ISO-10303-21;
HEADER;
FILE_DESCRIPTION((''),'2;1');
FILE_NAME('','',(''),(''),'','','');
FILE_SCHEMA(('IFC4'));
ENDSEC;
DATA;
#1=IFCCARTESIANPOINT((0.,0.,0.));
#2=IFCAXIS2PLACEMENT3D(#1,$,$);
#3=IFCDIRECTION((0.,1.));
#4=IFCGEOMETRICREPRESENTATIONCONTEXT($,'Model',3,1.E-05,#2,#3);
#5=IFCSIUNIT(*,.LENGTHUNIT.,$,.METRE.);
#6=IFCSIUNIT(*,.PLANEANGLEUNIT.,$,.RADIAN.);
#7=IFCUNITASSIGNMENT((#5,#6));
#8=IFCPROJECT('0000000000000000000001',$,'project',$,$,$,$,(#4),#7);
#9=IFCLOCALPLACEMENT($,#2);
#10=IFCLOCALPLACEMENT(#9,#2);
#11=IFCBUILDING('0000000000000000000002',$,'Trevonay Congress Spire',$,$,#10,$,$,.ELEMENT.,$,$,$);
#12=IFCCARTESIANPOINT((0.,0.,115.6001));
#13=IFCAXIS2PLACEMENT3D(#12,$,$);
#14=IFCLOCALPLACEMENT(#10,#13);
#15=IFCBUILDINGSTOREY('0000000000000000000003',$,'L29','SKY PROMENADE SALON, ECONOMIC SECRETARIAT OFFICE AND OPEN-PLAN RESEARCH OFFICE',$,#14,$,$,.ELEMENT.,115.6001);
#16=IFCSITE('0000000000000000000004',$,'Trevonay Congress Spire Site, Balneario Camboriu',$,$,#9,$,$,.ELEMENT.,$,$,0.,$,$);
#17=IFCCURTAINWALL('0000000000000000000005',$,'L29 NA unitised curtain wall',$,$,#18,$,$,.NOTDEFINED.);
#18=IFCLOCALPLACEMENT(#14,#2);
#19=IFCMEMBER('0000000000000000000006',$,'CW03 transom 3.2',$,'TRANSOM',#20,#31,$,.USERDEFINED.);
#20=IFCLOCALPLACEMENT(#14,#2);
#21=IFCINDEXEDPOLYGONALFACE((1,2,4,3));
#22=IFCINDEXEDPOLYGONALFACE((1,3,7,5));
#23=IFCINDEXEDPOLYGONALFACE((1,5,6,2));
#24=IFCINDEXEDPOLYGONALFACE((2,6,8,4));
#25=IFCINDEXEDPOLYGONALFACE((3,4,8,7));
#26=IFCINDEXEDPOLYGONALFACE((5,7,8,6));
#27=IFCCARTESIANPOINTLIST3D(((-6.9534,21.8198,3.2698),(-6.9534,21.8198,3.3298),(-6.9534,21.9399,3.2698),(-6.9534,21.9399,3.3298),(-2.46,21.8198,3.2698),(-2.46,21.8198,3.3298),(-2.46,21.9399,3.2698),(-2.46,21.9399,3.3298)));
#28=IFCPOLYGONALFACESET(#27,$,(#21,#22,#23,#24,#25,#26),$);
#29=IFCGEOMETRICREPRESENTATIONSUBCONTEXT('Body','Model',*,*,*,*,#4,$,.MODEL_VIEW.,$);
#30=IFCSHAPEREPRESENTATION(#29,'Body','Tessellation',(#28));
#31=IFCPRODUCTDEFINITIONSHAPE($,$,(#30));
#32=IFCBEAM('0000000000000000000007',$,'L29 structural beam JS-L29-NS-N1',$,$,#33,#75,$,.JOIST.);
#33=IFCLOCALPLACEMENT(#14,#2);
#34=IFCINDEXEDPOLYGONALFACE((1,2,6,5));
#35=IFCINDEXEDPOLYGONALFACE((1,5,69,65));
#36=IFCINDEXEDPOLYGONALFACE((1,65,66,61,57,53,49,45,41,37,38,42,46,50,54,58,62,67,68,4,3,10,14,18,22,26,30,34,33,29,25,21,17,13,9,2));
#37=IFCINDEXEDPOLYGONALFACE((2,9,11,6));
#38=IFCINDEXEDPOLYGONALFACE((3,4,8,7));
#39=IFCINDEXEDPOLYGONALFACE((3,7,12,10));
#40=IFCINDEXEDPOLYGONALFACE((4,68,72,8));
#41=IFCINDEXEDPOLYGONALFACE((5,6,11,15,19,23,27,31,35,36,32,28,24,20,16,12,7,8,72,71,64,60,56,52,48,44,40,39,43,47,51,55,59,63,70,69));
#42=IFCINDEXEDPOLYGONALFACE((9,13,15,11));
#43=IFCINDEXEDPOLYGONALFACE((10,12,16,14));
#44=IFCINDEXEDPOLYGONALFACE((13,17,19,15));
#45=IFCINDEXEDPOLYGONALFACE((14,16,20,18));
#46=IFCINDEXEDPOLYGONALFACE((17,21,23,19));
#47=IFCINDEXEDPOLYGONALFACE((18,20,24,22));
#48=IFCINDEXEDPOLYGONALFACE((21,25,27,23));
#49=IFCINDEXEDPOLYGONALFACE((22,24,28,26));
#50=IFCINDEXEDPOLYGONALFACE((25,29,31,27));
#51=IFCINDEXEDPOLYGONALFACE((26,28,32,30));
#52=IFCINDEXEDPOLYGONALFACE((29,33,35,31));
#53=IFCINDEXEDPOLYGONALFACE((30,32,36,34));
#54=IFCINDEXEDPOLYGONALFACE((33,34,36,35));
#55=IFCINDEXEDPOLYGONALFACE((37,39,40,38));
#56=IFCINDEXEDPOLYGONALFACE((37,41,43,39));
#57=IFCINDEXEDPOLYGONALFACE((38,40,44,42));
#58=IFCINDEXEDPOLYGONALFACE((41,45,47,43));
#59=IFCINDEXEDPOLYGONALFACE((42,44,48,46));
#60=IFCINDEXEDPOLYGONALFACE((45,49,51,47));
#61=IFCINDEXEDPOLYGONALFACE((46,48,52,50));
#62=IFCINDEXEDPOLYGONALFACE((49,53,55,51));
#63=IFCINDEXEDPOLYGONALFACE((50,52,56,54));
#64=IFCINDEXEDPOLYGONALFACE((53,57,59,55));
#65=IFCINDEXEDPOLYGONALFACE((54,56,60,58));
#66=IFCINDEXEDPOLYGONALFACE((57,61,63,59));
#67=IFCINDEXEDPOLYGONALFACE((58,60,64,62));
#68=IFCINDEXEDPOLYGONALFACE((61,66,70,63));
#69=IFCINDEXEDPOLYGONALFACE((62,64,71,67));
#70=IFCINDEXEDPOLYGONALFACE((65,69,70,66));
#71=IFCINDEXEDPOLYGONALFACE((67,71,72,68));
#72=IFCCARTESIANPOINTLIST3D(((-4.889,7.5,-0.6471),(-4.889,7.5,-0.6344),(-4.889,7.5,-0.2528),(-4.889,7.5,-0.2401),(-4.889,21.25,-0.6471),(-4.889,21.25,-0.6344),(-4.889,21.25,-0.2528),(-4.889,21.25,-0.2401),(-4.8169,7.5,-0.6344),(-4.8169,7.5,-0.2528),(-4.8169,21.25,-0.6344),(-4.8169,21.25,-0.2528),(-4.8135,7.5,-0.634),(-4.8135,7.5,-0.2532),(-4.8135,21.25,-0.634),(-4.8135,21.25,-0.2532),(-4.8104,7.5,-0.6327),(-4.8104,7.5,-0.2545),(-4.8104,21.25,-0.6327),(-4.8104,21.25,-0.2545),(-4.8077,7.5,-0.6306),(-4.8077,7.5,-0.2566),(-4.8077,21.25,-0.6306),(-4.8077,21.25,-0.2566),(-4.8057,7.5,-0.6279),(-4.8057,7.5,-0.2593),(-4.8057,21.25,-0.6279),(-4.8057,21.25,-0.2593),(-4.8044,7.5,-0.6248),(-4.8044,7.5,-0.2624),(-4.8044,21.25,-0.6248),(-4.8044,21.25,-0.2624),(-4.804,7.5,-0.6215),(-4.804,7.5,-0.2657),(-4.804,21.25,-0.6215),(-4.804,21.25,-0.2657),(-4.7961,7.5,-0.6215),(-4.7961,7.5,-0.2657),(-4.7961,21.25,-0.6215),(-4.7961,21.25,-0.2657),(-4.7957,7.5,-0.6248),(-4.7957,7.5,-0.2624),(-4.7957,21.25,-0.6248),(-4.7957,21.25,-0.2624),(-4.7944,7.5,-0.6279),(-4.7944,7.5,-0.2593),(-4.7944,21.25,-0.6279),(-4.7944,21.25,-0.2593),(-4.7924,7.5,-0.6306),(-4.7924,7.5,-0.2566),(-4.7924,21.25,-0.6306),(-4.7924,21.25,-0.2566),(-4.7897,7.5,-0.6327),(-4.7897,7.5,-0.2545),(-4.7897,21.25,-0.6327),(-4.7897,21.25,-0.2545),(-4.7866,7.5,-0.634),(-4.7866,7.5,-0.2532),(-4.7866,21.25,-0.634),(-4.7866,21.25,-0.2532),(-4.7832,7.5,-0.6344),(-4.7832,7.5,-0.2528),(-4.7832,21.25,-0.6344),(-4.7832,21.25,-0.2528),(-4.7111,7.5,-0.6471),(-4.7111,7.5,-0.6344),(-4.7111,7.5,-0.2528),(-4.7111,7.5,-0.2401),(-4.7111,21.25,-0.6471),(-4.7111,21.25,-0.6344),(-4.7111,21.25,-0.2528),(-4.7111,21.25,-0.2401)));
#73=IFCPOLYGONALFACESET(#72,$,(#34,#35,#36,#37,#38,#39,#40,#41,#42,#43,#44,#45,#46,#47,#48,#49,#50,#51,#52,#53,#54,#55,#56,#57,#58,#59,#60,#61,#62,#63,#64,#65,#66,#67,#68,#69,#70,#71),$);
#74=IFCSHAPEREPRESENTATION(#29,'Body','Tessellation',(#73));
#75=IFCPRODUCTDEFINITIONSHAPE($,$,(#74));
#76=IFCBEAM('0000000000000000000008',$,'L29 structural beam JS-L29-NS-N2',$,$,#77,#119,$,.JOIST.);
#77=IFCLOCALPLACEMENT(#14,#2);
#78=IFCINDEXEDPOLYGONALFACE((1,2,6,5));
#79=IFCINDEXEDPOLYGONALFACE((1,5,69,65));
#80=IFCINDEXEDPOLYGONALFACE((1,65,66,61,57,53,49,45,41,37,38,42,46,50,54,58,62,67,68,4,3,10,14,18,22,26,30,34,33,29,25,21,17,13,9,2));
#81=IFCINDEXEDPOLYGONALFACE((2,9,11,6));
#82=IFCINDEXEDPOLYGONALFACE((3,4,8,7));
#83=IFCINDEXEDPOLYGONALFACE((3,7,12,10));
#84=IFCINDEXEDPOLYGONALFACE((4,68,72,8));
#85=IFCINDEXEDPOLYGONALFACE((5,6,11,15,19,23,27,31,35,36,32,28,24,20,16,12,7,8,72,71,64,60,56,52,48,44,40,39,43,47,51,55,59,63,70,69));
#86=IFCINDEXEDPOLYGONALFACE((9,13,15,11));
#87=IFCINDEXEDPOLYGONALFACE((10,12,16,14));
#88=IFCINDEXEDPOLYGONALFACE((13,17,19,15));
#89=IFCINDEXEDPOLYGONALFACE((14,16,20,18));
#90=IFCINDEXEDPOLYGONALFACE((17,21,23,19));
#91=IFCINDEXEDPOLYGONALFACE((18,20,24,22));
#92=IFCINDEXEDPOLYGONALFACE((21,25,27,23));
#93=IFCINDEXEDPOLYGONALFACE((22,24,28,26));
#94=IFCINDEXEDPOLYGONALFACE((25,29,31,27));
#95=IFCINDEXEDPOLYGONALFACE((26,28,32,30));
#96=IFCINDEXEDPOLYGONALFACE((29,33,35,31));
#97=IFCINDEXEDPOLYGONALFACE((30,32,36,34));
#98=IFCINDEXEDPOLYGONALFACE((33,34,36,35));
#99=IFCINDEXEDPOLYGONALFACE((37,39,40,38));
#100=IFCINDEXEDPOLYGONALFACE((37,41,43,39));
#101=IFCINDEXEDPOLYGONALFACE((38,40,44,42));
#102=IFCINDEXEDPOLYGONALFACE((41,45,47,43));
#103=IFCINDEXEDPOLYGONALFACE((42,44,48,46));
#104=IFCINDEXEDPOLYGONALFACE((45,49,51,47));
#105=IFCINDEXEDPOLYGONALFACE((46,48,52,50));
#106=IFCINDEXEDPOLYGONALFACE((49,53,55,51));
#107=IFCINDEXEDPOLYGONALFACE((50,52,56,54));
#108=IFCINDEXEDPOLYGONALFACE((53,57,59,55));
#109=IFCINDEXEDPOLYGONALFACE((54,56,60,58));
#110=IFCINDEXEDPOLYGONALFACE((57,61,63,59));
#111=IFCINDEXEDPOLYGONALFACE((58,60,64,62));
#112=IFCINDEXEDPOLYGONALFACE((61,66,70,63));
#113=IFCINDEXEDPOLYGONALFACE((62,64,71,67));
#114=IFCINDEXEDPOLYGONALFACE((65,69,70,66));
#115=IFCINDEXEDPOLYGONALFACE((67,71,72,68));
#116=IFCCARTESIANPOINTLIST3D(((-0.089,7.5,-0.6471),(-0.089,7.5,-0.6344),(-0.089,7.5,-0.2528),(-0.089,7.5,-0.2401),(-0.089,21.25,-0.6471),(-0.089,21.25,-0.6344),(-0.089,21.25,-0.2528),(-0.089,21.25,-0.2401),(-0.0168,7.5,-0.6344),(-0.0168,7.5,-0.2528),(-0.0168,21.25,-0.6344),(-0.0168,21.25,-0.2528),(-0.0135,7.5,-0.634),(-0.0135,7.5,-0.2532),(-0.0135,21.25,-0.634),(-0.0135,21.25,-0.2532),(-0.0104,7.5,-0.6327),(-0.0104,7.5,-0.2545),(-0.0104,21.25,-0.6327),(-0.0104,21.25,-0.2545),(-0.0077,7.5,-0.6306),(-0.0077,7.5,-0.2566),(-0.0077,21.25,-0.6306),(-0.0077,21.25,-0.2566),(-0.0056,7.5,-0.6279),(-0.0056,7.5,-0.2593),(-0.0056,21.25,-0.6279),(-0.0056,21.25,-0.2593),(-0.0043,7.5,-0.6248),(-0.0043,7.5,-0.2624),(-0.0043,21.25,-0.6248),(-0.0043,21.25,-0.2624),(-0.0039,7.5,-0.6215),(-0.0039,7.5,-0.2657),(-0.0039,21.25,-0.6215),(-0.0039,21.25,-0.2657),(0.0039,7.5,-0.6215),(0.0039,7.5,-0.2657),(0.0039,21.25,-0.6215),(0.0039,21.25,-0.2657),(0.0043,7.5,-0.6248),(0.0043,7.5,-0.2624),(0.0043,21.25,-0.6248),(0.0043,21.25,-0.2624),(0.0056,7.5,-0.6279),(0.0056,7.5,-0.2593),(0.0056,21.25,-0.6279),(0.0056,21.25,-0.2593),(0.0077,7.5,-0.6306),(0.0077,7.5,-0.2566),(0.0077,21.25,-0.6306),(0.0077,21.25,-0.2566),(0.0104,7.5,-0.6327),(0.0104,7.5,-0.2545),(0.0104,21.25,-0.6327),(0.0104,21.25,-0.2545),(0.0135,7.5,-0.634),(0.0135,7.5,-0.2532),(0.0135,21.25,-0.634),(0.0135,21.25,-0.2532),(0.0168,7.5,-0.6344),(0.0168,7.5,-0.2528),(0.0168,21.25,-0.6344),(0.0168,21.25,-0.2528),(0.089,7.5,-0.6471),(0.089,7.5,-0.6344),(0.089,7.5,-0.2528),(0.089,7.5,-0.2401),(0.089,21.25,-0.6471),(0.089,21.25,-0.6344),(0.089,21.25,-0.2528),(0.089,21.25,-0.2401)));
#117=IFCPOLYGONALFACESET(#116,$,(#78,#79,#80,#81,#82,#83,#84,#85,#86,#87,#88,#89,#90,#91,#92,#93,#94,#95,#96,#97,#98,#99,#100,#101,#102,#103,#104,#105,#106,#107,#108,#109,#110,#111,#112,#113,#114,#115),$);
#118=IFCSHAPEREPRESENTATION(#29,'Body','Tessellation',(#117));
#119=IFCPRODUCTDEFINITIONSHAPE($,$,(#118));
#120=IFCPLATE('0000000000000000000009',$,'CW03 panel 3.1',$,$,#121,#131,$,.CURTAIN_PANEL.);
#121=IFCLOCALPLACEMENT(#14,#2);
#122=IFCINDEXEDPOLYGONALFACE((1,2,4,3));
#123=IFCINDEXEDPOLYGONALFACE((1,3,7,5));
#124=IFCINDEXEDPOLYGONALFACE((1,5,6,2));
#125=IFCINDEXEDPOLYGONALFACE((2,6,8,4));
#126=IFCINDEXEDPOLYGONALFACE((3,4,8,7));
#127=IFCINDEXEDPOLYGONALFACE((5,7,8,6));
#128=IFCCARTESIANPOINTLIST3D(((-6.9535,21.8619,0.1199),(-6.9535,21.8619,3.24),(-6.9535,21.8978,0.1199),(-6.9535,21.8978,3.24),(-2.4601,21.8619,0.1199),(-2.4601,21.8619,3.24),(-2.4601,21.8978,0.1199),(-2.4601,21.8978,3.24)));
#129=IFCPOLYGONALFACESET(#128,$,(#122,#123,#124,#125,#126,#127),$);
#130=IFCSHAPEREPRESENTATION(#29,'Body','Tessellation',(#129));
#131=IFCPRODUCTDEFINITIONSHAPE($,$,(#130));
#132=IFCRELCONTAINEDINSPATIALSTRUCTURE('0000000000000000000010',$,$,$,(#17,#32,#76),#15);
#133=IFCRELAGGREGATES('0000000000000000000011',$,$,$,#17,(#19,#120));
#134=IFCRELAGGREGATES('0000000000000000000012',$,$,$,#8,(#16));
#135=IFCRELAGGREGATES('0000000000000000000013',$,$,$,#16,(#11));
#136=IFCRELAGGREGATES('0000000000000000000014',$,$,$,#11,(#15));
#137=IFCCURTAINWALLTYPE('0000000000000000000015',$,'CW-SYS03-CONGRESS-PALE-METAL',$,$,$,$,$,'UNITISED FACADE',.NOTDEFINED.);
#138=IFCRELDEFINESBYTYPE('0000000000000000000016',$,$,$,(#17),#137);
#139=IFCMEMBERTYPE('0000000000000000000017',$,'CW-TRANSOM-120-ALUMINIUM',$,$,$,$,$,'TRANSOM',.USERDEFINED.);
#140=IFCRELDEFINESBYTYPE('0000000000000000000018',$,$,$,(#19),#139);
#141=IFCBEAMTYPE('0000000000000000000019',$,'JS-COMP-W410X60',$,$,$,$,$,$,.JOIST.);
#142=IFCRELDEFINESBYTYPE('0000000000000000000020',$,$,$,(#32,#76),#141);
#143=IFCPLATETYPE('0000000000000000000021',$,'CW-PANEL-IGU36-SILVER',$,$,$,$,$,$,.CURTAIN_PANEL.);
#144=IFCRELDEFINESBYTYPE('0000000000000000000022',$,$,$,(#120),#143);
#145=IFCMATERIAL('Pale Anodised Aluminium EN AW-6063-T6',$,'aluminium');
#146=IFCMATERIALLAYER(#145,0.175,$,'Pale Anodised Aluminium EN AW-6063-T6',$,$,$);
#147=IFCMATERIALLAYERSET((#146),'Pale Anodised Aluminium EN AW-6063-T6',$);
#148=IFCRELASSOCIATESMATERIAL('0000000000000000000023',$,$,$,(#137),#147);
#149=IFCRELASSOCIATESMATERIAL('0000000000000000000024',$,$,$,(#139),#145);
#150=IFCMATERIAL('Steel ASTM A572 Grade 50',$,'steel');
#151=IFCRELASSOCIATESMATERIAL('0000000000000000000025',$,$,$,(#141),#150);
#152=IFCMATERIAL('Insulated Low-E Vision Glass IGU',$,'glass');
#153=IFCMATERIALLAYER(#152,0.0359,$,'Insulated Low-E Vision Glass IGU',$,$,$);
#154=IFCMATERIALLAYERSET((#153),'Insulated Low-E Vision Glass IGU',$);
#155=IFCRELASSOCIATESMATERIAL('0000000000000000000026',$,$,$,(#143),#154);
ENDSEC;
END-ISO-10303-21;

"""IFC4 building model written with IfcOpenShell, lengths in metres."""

from ifc_helpers import new_model, si_unit, direction, frame, origin, origin_2d, place, context, subcontext, project, spatial, rectangle, i_section, extrude, material, layer, layer_set, material_profile, profile_set, type_object, element, aggregate, save


model = new_model("IFC4")

# Units and contexts
model_context = context("Model", 3, precision=1e-05, world=origin(), true_north=direction((0.0, 1.0)))
body_context = subcontext(model_context, "Body", "Model", "MODEL_VIEW")
ifc_project = project(units=[si_unit("LENGTHUNIT", "METRE"), si_unit("PLANEANGLEUNIT", "RADIAN")], contexts=[model_context])

# Site, building, storey
site_placement = place(None, origin())
site = spatial("IfcSite", under=ifc_project, at=site_placement, Name="Trevonay Congress Spire Site, Balneario Camboriu", CompositionType="ELEMENT", RefElevation=0.0)
building_placement = place(site_placement, origin())
building = spatial("IfcBuilding", under=site, at=building_placement, Name="Trevonay Congress Spire", CompositionType="ELEMENT")
storey_placement = place(building_placement, frame((0.0, 0.0, 115.6001)))
storey = spatial("IfcBuildingStorey", under=building, at=storey_placement, Name="L29", Description="SKY PROMENADE SALON, ECONOMIC SECRETARIAT OFFICE AND OPEN-PLAN RESEARCH OFFICE", CompositionType="ELEMENT", Elevation=115.6001)

# Shared definitions
ifc_material_1 = material(Name="Steel ASTM A572 Grade 50", Category="steel")

# Curtain wall, member
ifc_material_2 = material(Name="Pale Anodised Aluminium EN AW-6063-T6", Category="aluminium")
ifc_layer_1 = layer(ifc_material_2, 0.175, Name="Pale Anodised Aluminium EN AW-6063-T6")
ifc_layer_set_1 = layer_set([ifc_layer_1], Name="Pale Anodised Aluminium EN AW-6063-T6")
curtain_wall_type = type_object("IfcCurtainWallType", Name="CW-SYS03-CONGRESS-PALE-METAL", ElementType="UNITISED FACADE", PredefinedType="NOTDEFINED", material=ifc_layer_set_1)
curtain_wall_placement = place(storey_placement, origin())
curtain_wall = element("IfcCurtainWall", 1, at=curtain_wall_placement, inside=storey, type_object=curtain_wall_type, Name="L29 NA unitised curtain wall", PredefinedType="NOTDEFINED")
ifc_material_profile_1 = material_profile(ifc_material_2, rectangle(XDim=0.1201, YDim=0.0601, at=origin_2d()), Name="CW-TRANSOM-120-ALUMINIUM")
ifc_profile_set_1 = profile_set([ifc_material_profile_1], Name="Pale Anodised Aluminium EN AW-6063-T6")
member_type_1 = type_object("IfcMemberType", Name="CW-TRANSOM-120-ALUMINIUM", ElementType="TRANSOM", PredefinedType="USERDEFINED", material=ifc_profile_set_1)
member_1_placement = place(storey_placement, frame((-6.9534, 21.8799, 3.2998), z_axis=(1.0, 0.0, 0.0), x_axis=(0.0, 1.0, 0.0)))
member_1 = element("IfcMember", 2, at=member_1_placement, type_object=member_type_1, Name="CW03 transom 3.2", ObjectType="TRANSOM", PredefinedType="USERDEFINED", context=body_context, shape_type="SweptSolid", body=[
    extrude(rectangle(XDim=0.1201, YDim=0.0601, at=origin_2d()), origin(), (0.0, 0.0, 1.0), 4.4934),
])

# Beams
ifc_material_profile_2 = material_profile(ifc_material_1, i_section(OverallWidth=0.178, OverallDepth=0.407, WebThickness=0.0078, FlangeThickness=0.0127, FilletRadius=0.0129, at=origin_2d()), Name="W410x60")
ifc_profile_set_2 = profile_set([ifc_material_profile_2], Name="Steel ASTM A572 Grade 50")
beam_type_1 = type_object("IfcBeamType", Name="JS-COMP-W410X60", PredefinedType="JOIST", material=ifc_profile_set_2)
for number, where, z_axis, x_axis, name in (
    (3, (-4.8, 7.5, -0.4436), (0.0, 1.0, 0.0), (-1.0, 0.0, 0.0), "L29 structural beam JS-L29-NS-N1"),
    (4, (0.0, 7.5, -0.4436), (0.0, 1.0, 0.0), (-1.0, 0.0, 0.0), "L29 structural beam JS-L29-NS-N2"),
):
    element("IfcBeam", number, at=place(storey_placement, frame(where, z_axis=z_axis, x_axis=x_axis)), inside=storey, type_object=beam_type_1, Name=name, PredefinedType="JOIST", context=body_context, shape_type="SweptSolid", body=[
        extrude(i_section(OverallWidth=0.178, OverallDepth=0.407, WebThickness=0.0078, FlangeThickness=0.0127, FilletRadius=0.0129, at=origin_2d()), origin(), (0.0, 0.0, 1.0), 13.75),
    ])

# Plate
ifc_material_3 = material(Name="Insulated Low-E Vision Glass IGU", Category="glass")
ifc_layer_2 = layer(ifc_material_3, 0.0359, Name="Insulated Low-E Vision Glass IGU")
ifc_layer_set_2 = layer_set([ifc_layer_2], Name="Insulated Low-E Vision Glass IGU")
plate_type = type_object("IfcPlateType", Name="CW-PANEL-IGU36-SILVER", PredefinedType="CURTAIN_PANEL", material=ifc_layer_set_2)
plate_placement = place(storey_placement, frame((-4.7068, 21.8799, 0.1199), z_axis=(0.0, 0.0, 1.0), x_axis=(1.0, 0.0, 0.0)))
plate = element("IfcPlate", 5, at=plate_placement, type_object=plate_type, Name="CW03 panel 3.1", PredefinedType="CURTAIN_PANEL", context=body_context, shape_type="SweptSolid", body=[
    extrude(rectangle(XDim=4.4934, YDim=0.0359, at=origin_2d()), origin(), (0.0, 0.0, 1.0), 3.1201),
])
aggregate(curtain_wall, [member_1, plate])

save(model, "model.ifc")
